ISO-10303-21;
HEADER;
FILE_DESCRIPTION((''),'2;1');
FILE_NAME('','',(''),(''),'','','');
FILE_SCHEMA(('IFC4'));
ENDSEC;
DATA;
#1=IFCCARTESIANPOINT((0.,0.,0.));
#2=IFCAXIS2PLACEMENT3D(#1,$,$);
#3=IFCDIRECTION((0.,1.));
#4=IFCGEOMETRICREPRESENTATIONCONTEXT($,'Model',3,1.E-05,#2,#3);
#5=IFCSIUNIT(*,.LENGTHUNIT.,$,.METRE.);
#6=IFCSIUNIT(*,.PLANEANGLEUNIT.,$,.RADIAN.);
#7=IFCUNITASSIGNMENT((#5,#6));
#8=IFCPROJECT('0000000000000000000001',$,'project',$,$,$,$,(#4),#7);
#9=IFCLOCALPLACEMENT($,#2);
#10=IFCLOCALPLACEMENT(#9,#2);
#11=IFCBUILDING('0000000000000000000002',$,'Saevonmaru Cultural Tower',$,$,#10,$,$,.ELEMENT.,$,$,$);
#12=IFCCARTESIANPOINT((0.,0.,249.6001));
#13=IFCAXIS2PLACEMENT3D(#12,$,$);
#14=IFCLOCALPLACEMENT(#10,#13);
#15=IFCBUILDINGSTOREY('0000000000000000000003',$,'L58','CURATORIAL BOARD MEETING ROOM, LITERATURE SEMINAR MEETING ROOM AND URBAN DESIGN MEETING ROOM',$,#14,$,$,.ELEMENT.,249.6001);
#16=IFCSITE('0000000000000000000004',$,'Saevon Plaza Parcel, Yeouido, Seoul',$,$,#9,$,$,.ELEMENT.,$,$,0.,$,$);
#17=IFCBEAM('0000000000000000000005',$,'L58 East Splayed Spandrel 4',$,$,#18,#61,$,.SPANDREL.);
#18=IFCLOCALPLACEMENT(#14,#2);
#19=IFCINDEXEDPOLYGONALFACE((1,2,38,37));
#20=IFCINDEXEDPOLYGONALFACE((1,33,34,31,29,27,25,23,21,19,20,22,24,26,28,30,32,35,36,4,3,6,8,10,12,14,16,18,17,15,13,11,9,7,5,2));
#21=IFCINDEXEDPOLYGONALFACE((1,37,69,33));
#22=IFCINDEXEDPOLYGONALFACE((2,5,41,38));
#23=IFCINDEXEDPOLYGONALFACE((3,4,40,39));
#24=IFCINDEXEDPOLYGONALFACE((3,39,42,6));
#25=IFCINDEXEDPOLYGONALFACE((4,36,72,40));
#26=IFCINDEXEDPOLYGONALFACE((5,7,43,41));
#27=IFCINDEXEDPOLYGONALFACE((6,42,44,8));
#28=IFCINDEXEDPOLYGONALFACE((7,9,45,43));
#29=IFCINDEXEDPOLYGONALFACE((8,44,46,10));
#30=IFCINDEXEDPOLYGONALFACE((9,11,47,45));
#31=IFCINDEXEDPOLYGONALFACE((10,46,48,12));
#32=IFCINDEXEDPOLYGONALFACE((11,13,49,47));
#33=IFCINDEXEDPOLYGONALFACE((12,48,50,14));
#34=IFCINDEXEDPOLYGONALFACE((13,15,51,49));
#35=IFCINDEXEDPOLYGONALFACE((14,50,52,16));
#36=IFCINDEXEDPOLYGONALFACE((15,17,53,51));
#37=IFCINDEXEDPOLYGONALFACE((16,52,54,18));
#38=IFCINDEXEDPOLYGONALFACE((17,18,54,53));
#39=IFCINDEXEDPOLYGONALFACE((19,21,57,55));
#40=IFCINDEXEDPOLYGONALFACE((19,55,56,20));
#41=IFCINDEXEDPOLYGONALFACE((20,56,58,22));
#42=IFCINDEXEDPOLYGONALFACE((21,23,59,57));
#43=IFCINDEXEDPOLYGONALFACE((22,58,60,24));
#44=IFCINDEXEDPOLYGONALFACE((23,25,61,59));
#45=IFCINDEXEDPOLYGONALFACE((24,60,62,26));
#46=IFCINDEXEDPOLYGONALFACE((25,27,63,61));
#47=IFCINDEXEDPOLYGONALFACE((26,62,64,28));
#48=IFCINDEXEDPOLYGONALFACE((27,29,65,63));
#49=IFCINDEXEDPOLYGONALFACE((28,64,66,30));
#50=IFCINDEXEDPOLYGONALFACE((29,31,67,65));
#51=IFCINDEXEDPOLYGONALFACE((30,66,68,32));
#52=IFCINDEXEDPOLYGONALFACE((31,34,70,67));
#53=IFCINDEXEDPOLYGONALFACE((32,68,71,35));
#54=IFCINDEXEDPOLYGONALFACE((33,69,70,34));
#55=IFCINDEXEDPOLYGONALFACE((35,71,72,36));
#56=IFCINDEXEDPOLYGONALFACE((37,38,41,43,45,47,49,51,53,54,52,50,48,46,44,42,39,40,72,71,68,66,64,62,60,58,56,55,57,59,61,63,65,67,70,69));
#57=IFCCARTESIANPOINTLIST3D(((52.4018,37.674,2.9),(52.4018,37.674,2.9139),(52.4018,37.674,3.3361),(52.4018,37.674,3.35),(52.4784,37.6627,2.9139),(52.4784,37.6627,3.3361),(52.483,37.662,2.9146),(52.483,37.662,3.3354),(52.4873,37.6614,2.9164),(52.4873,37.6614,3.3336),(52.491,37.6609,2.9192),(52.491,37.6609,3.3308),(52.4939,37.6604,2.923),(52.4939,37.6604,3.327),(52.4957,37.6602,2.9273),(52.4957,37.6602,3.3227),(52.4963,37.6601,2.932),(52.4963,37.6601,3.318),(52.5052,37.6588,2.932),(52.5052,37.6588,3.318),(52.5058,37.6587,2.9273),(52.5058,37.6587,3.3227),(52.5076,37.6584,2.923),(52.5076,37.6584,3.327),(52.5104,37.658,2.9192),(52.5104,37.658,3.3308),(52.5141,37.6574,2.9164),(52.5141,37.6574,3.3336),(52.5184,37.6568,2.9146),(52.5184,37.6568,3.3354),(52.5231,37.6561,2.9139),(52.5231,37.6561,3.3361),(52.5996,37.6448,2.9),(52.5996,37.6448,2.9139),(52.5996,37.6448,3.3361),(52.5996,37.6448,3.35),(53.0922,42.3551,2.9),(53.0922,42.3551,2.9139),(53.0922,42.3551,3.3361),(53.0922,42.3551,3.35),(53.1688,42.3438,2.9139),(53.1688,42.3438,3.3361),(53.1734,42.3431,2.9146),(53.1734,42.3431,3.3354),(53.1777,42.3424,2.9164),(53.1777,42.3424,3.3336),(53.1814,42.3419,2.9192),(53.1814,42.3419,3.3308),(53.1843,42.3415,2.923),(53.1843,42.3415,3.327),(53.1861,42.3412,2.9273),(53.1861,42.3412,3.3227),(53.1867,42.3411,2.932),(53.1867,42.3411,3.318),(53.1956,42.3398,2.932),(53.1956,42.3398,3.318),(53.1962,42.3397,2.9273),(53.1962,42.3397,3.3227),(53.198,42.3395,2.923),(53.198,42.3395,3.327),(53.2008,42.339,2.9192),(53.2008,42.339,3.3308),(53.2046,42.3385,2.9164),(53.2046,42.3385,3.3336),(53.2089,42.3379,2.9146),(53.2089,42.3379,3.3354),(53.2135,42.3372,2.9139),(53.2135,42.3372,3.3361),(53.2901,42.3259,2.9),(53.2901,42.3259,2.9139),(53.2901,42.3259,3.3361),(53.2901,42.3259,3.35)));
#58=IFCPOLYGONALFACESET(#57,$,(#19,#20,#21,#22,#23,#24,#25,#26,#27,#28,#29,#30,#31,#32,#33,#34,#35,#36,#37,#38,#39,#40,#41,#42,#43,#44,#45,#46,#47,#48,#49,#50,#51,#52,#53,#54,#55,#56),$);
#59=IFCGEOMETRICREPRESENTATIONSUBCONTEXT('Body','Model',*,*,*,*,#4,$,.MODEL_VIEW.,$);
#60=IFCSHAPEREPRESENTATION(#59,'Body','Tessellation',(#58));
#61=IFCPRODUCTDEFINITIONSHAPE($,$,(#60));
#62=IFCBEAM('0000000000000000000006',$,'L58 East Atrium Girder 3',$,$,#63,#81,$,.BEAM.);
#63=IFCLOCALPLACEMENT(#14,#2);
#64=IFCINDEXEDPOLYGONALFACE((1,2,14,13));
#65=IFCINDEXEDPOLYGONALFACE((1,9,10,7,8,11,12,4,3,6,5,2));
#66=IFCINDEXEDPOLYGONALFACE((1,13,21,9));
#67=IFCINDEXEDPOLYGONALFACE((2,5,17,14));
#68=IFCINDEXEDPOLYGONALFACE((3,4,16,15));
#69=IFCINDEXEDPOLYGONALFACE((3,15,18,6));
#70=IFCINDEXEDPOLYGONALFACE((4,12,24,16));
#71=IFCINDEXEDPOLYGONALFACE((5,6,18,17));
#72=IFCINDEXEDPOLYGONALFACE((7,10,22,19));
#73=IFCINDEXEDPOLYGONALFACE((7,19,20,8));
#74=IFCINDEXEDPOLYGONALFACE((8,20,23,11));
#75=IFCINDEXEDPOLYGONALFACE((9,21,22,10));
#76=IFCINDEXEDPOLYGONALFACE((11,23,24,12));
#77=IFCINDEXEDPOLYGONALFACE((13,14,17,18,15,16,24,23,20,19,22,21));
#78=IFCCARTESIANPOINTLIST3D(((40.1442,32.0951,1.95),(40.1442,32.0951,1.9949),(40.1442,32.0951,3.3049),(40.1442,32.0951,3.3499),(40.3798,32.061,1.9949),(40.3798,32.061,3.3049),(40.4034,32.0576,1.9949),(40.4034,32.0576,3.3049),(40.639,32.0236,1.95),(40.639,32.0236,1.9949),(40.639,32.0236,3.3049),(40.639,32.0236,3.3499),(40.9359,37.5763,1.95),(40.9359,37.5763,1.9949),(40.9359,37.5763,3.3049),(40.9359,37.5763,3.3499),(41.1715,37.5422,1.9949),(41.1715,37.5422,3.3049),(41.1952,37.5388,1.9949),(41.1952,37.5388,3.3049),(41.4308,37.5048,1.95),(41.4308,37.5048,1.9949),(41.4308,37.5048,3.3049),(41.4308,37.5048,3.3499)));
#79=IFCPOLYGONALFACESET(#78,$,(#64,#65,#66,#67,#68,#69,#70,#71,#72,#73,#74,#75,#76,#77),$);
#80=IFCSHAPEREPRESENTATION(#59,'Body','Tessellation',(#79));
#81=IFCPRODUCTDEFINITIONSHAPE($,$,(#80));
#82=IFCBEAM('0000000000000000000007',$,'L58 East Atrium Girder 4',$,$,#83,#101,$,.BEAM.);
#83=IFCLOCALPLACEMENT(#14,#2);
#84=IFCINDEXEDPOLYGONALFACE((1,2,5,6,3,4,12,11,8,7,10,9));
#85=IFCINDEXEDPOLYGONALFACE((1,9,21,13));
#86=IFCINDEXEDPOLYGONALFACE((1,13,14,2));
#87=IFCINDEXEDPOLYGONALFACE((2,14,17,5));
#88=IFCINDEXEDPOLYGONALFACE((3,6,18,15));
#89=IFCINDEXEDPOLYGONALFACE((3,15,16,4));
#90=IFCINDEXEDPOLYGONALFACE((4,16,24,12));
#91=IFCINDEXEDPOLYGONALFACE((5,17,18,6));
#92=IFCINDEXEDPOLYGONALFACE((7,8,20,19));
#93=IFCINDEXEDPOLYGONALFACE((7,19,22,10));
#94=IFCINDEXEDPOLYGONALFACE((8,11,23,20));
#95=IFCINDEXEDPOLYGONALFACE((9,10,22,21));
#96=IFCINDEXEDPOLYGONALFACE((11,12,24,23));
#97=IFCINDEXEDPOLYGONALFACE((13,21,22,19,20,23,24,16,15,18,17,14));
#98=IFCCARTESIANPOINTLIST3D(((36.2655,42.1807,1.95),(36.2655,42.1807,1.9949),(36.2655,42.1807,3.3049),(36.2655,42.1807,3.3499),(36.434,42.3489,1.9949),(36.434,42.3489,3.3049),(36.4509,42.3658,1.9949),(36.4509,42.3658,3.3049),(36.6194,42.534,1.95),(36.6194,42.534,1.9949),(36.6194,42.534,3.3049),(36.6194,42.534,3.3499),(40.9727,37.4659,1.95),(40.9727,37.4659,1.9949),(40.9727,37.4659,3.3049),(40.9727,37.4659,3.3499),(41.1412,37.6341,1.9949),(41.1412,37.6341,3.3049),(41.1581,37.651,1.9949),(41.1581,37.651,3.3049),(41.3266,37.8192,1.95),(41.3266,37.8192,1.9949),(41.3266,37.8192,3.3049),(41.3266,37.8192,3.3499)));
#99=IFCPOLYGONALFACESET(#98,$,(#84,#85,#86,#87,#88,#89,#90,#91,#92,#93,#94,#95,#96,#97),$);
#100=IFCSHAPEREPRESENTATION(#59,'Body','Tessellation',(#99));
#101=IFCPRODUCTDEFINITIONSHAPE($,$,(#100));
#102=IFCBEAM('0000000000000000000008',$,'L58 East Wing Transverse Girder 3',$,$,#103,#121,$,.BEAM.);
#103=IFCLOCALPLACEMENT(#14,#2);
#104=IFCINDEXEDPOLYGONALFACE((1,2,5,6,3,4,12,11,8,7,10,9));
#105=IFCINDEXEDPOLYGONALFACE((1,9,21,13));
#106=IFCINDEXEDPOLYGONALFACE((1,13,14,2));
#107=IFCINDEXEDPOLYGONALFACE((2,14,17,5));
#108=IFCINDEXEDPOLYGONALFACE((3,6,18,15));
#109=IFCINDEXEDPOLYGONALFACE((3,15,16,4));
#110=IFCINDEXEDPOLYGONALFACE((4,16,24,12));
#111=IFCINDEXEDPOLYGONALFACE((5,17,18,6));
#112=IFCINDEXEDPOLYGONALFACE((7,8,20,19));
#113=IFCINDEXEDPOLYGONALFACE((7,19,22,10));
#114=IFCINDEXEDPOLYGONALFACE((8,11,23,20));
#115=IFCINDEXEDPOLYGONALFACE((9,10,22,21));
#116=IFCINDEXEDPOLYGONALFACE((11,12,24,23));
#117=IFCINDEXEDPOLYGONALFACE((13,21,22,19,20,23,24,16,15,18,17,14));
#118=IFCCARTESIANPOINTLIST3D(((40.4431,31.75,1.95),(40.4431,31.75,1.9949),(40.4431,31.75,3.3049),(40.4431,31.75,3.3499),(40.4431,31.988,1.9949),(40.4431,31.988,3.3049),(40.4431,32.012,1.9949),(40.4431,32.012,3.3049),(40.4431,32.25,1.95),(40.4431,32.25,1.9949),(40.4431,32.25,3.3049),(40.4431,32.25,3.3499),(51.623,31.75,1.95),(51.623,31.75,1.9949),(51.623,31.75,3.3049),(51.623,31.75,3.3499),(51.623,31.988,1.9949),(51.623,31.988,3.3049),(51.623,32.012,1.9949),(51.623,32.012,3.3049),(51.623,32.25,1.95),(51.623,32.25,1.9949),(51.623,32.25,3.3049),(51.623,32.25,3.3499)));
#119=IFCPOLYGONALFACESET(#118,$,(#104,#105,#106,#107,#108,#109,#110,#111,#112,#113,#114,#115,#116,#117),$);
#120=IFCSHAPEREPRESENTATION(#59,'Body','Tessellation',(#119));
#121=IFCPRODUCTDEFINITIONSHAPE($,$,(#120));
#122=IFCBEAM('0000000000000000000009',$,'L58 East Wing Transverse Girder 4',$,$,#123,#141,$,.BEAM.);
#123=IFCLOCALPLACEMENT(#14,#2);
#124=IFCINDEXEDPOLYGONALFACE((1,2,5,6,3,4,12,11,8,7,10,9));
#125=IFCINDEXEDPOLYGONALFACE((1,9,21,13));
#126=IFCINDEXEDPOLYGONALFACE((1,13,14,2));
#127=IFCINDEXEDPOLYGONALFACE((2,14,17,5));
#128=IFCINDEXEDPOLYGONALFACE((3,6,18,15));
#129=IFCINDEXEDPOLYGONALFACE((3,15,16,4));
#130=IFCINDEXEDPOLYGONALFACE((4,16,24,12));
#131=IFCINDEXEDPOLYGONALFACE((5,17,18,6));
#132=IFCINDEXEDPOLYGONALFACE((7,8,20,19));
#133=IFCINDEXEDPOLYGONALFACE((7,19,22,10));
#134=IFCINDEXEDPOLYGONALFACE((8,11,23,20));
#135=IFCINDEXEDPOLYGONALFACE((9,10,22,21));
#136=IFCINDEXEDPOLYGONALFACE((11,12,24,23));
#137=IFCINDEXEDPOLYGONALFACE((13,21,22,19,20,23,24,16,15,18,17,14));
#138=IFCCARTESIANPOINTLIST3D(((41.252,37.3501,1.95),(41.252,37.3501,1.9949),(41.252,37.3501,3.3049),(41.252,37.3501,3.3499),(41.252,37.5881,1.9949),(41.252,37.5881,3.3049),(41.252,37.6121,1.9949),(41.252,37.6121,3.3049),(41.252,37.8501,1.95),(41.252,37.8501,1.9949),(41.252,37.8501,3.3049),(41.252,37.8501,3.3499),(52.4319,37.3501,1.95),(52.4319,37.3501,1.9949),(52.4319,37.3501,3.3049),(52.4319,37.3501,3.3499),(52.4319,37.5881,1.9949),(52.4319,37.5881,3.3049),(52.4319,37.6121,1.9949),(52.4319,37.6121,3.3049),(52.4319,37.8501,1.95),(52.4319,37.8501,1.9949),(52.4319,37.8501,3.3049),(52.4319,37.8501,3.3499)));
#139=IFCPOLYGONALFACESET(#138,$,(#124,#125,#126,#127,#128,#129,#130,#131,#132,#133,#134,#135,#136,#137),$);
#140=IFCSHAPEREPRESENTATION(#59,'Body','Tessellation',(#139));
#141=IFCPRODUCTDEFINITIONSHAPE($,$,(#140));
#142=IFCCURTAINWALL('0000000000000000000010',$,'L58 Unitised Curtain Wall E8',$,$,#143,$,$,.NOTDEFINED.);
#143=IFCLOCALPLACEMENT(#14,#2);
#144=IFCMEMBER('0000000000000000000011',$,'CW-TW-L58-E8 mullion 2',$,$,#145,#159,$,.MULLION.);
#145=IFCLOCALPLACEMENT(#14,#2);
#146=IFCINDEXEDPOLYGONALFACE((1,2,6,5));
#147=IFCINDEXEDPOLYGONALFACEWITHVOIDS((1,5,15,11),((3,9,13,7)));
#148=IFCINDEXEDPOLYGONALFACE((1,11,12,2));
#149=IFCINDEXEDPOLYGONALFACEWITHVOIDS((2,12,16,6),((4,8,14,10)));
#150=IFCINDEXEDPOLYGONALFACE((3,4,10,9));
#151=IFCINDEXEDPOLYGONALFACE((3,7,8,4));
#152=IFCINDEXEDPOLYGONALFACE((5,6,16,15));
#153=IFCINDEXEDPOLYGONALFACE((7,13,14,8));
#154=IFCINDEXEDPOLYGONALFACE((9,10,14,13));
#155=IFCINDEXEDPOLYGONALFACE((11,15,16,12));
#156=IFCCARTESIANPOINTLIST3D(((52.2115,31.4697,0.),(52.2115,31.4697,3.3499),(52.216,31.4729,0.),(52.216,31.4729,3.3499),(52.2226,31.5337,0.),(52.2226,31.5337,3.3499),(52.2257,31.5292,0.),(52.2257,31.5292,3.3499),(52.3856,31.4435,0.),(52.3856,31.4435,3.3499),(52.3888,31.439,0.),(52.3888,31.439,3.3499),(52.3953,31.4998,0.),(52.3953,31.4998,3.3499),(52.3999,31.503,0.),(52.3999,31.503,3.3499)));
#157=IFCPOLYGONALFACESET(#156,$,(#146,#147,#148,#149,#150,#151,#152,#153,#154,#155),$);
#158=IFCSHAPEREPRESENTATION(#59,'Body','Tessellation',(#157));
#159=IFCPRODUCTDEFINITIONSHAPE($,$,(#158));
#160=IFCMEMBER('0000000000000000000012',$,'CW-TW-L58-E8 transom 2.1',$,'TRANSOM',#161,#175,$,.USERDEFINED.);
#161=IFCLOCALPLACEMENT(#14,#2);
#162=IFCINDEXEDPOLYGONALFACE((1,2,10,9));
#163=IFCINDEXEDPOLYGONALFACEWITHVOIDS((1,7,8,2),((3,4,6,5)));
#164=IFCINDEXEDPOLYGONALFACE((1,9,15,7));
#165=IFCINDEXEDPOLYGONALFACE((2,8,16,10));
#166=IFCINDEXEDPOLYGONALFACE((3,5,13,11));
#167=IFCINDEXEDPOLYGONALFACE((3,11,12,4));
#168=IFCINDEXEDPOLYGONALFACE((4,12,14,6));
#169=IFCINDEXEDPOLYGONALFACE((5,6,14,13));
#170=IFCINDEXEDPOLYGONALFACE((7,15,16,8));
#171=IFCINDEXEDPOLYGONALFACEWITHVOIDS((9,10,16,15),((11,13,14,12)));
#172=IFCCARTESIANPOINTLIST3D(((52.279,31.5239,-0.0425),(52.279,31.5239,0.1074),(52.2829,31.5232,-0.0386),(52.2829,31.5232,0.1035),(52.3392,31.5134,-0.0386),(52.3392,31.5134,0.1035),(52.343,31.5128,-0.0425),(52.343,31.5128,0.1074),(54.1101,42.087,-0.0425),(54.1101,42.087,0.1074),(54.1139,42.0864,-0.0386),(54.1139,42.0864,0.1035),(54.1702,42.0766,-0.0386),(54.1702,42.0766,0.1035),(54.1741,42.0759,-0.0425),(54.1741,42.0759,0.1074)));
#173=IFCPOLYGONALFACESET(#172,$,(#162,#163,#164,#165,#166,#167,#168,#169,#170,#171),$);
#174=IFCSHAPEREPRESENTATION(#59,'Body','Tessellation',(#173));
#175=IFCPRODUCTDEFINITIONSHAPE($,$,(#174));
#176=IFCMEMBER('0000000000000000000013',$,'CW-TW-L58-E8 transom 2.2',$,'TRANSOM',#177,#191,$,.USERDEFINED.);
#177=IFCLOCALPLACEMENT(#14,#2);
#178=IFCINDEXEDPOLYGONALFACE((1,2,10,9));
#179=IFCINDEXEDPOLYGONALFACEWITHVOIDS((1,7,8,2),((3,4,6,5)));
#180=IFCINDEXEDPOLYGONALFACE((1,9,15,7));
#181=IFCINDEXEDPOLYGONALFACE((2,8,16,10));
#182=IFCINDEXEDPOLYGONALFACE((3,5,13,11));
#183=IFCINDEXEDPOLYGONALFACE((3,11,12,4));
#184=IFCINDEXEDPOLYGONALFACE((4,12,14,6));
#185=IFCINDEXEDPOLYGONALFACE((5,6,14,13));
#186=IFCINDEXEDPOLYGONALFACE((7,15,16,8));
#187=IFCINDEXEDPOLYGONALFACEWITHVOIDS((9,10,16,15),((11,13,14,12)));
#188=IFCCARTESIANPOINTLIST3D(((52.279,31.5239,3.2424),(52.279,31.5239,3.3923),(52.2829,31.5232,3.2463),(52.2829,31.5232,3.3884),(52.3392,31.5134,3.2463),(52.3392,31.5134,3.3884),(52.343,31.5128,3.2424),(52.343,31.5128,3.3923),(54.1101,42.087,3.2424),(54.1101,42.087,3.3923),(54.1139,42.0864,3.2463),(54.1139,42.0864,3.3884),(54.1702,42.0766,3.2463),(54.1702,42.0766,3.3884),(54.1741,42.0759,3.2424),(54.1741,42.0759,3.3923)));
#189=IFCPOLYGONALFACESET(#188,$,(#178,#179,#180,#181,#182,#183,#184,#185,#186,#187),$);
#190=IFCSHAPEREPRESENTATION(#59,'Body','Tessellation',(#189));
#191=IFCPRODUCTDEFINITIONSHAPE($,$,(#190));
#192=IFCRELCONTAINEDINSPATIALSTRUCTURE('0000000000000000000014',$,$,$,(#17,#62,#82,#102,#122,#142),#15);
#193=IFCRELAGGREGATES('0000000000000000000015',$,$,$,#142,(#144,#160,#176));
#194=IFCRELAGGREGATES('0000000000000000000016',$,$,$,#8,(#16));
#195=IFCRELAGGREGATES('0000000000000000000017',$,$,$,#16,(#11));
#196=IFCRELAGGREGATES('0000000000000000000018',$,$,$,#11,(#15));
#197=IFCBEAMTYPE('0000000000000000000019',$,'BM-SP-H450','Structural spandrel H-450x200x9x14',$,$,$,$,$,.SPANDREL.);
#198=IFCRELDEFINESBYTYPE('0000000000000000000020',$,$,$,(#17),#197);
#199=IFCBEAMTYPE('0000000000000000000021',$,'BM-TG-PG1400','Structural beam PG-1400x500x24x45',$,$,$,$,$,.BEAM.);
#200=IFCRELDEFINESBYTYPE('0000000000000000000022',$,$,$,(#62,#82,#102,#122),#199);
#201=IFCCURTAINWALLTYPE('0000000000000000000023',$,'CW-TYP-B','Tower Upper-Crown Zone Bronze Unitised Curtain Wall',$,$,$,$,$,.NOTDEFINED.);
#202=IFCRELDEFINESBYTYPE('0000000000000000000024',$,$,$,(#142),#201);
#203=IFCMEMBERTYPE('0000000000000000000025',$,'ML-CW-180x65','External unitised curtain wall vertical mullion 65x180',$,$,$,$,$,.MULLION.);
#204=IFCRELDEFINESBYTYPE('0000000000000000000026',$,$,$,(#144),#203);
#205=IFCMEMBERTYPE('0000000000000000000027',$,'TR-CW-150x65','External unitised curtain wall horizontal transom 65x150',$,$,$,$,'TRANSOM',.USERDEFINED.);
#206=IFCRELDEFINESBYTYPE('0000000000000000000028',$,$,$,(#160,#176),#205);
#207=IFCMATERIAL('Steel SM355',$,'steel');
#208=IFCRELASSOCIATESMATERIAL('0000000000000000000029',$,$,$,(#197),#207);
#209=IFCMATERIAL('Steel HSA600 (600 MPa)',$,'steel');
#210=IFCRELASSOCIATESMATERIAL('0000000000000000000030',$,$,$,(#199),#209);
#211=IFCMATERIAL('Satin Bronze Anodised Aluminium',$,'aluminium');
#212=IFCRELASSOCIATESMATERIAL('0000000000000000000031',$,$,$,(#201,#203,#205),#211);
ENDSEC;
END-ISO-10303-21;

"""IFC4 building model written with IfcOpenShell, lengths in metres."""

from ifc_helpers import new_model, si_unit, direction, frame, origin, origin_2d, place, context, subcontext, project, spatial, hollow_rectangle, i_section, extrude, material, material_profile, profile_set, type_object, element, aggregate, save


model = new_model("IFC4")

# Units and contexts
model_context = context("Model", 3, precision=1e-05, world=origin(), true_north=direction((0.0, 1.0)))
body_context = subcontext(model_context, "Body", "Model", "MODEL_VIEW")
ifc_project = project(units=[si_unit("LENGTHUNIT", "METRE"), si_unit("PLANEANGLEUNIT", "RADIAN")], contexts=[model_context])

# Site, building, storey
site_placement = place(None, origin())
site = spatial("IfcSite", under=ifc_project, at=site_placement, Name="Saevon Plaza Parcel, Yeouido, Seoul", CompositionType="ELEMENT", RefElevation=0.0)
building_placement = place(site_placement, origin())
building = spatial("IfcBuilding", under=site, at=building_placement, Name="Saevonmaru Cultural Tower", CompositionType="ELEMENT")
storey_placement = place(building_placement, frame((0.0, 0.0, 249.6001)))
storey = spatial("IfcBuildingStorey", under=building, at=storey_placement, Name="L58", Description="CURATORIAL BOARD MEETING ROOM, LITERATURE SEMINAR MEETING ROOM AND URBAN DESIGN MEETING ROOM", CompositionType="ELEMENT", Elevation=249.6001)

# Shared definitions
ifc_material_1 = material(Name="Steel SM355", Category="steel")

# Beams
ifc_material_profile_1 = material_profile(ifc_material_1, i_section(OverallWidth=0.2, OverallDepth=0.45, WebThickness=0.009, FlangeThickness=0.0139, FilletRadius=0.0181, at=origin_2d()), Name="H-450x200x9x14")
ifc_profile_set_1 = profile_set([ifc_material_profile_1], Name="Steel SM355")
beam_type_1 = type_object("IfcBeamType", Name="BM-SP-H450", Description="Structural spandrel H-450x200x9x14", PredefinedType="SPANDREL", material=ifc_profile_set_1)
beam_1_placement = place(storey_placement, frame((52.5007, 37.6594, 3.125), z_axis=(0.145913, 0.989297, 0.0), x_axis=(-0.989297, 0.145913, 0.0)))
element("IfcBeam", 1, at=beam_1_placement, inside=storey, type_object=beam_type_1, Name="L58 East Splayed Spandrel 4", PredefinedType="SPANDREL", context=body_context, shape_type="SweptSolid", body=[
    extrude(i_section(OverallWidth=0.2, OverallDepth=0.45, WebThickness=0.009, FlangeThickness=0.0139, FilletRadius=0.0181, at=origin_2d()), origin(), (0.0, 0.0, 1.0), 4.7317),
])
ifc_material_2 = material(Name="Steel HSA600 (600 MPa)", Category="steel")
ifc_material_profile_2 = material_profile(ifc_material_2, i_section(OverallWidth=0.5, OverallDepth=1.3999, WebThickness=0.0239, FlangeThickness=0.0449, at=origin_2d()), Name="PG-1400x500x24x45")
ifc_profile_set_2 = profile_set([ifc_material_profile_2], Name="Steel HSA600 (600 MPa)")
beam_type_2 = type_object("IfcBeamType", Name="BM-TG-PG1400", Description="Structural beam PG-1400x500x24x45", PredefinedType="BEAM", material=ifc_profile_set_2)
beam_2_placement = place(storey_placement, frame((40.3916, 32.0593, 2.6499), z_axis=(0.142964, 0.989728, 0.0), x_axis=(-0.989728, 0.142964, 0.0)))
element("IfcBeam", 2, at=beam_2_placement, inside=storey, type_object=beam_type_2, Name="L58 East Atrium Girder 3", PredefinedType="BEAM", context=body_context, shape_type="SweptSolid", body=[
    extrude(i_section(OverallWidth=0.5, OverallDepth=1.3999, WebThickness=0.0239, FlangeThickness=0.0449, at=origin_2d()), origin(), (0.0, 0.0, 1.0), 5.5381),
])
beam_3_placement = place(storey_placement, frame((41.1497, 37.6426, 2.6499), z_axis=(-0.706539, 0.707675, 0.0), x_axis=(-0.707675, -0.706539, 0.0)))
element("IfcBeam", 3, at=beam_3_placement, inside=storey, type_object=beam_type_2, Name="L58 East Atrium Girder 4", PredefinedType="BEAM", context=body_context, shape_type="SweptSolid", body=[
    extrude(i_section(OverallWidth=0.5, OverallDepth=1.3999, WebThickness=0.0239, FlangeThickness=0.0449, at=origin_2d()), origin(), (0.0, 0.0, 1.0), 6.6624),
])
for number, where, z_axis, x_axis, name in (
    (4, (40.4431, 32.0, 2.6499), (1.0, 0.0, 0.0), (0.0, 1.0, 0.0), "L58 East Wing Transverse Girder 3"),
    (5, (41.252, 37.6001, 2.6499), (1.0, 0.0, 0.0), (0.0, 1.0, 0.0), "L58 East Wing Transverse Girder 4"),
):
    element("IfcBeam", number, at=place(storey_placement, frame(where, z_axis=z_axis, x_axis=x_axis)), inside=storey, type_object=beam_type_2, Name=name, PredefinedType="BEAM", context=body_context, shape_type="SweptSolid", body=[
        extrude(i_section(OverallWidth=0.5, OverallDepth=1.3999, WebThickness=0.0239, FlangeThickness=0.0449, at=origin_2d()), origin(), (0.0, 0.0, 1.0), 11.1799),
    ])

# Curtain wall, members
ifc_material_3 = material(Name="Satin Bronze Anodised Aluminium", Category="aluminium")
curtain_wall_type = type_object("IfcCurtainWallType", Name="CW-TYP-B", Description="Tower Upper-Crown Zone Bronze Unitised Curtain Wall", PredefinedType="NOTDEFINED", material=ifc_material_3)
curtain_wall_placement = place(storey_placement, origin())
curtain_wall = element("IfcCurtainWall", 6, at=curtain_wall_placement, inside=storey, type_object=curtain_wall_type, Name="L58 Unitised Curtain Wall E8", PredefinedType="NOTDEFINED")
ifc_material_profile_3 = material_profile(ifc_material_3, hollow_rectangle(XDim=0.0649, YDim=0.1799, WallThickness=0.0039, at=origin_2d()), Name="ALU-MULL-180x65x4")
ifc_profile_set_3 = profile_set([ifc_material_profile_3], Name="Satin Bronze Anodised Aluminium")
member_type_1 = type_object("IfcMemberType", Name="ML-CW-180x65", Description="External unitised curtain wall vertical mullion 65x180", PredefinedType="MULLION", material=ifc_profile_set_3)
member_1_placement = place(storey_placement, frame((52.3057, 31.4863, 0.0), z_axis=(0.0, 0.0, 1.0), x_axis=(0.17079, 0.985307, 0.0)))
member_1 = element("IfcMember", 7, at=member_1_placement, type_object=member_type_1, Name="CW-TW-L58-E8 mullion 2", PredefinedType="MULLION", context=body_context, shape_type="SweptSolid", body=[
    extrude(hollow_rectangle(XDim=0.0649, YDim=0.1799, WallThickness=0.0039, at=origin_2d()), origin(), (0.0, 0.0, 1.0), 3.3499),
])
ifc_material_profile_4 = material_profile(ifc_material_3, hollow_rectangle(XDim=0.0649, YDim=0.1499, WallThickness=0.0039, at=origin_2d()), Name="ALU-TRAN-150x65x4")
ifc_profile_set_4 = profile_set([ifc_material_profile_4], Name="Satin Bronze Anodised Aluminium")
member_type_2 = type_object("IfcMemberType", Name="TR-CW-150x65", Description="External unitised curtain wall horizontal transom 65x150", ElementType="TRANSOM", PredefinedType="USERDEFINED", material=ifc_profile_set_4)
member_2_placement = place(storey_placement, frame((52.311, 31.5183, 0.0325), z_axis=(0.170795, 0.985307, 0.0), x_axis=(-0.985307, 0.170795, 0.0)))
member_2 = element("IfcMember", 8, at=member_2_placement, type_object=member_type_2, Name="CW-TW-L58-E8 transom 2.1", ObjectType="TRANSOM", PredefinedType="USERDEFINED", context=body_context, shape_type="SweptSolid", body=[
    extrude(hollow_rectangle(XDim=0.0649, YDim=0.1499, WallThickness=0.0039, at=origin_2d()), origin(), (0.0, 0.0, 1.0), 10.7207),
])
member_3_placement = place(storey_placement, frame((52.311, 31.5183, 3.3174), z_axis=(0.170795, 0.985307, 0.0), x_axis=(-0.985307, 0.170795, 0.0)))
member_3 = element("IfcMember", 9, at=member_3_placement, type_object=member_type_2, Name="CW-TW-L58-E8 transom 2.2", ObjectType="TRANSOM", PredefinedType="USERDEFINED", context=body_context, shape_type="SweptSolid", body=[
    extrude(hollow_rectangle(XDim=0.0649, YDim=0.1499, WallThickness=0.0039, at=origin_2d()), origin(), (0.0, 0.0, 1.0), 10.7207),
])
aggregate(curtain_wall, [member_1, member_2, member_3])

save(model, "model.ifc")
